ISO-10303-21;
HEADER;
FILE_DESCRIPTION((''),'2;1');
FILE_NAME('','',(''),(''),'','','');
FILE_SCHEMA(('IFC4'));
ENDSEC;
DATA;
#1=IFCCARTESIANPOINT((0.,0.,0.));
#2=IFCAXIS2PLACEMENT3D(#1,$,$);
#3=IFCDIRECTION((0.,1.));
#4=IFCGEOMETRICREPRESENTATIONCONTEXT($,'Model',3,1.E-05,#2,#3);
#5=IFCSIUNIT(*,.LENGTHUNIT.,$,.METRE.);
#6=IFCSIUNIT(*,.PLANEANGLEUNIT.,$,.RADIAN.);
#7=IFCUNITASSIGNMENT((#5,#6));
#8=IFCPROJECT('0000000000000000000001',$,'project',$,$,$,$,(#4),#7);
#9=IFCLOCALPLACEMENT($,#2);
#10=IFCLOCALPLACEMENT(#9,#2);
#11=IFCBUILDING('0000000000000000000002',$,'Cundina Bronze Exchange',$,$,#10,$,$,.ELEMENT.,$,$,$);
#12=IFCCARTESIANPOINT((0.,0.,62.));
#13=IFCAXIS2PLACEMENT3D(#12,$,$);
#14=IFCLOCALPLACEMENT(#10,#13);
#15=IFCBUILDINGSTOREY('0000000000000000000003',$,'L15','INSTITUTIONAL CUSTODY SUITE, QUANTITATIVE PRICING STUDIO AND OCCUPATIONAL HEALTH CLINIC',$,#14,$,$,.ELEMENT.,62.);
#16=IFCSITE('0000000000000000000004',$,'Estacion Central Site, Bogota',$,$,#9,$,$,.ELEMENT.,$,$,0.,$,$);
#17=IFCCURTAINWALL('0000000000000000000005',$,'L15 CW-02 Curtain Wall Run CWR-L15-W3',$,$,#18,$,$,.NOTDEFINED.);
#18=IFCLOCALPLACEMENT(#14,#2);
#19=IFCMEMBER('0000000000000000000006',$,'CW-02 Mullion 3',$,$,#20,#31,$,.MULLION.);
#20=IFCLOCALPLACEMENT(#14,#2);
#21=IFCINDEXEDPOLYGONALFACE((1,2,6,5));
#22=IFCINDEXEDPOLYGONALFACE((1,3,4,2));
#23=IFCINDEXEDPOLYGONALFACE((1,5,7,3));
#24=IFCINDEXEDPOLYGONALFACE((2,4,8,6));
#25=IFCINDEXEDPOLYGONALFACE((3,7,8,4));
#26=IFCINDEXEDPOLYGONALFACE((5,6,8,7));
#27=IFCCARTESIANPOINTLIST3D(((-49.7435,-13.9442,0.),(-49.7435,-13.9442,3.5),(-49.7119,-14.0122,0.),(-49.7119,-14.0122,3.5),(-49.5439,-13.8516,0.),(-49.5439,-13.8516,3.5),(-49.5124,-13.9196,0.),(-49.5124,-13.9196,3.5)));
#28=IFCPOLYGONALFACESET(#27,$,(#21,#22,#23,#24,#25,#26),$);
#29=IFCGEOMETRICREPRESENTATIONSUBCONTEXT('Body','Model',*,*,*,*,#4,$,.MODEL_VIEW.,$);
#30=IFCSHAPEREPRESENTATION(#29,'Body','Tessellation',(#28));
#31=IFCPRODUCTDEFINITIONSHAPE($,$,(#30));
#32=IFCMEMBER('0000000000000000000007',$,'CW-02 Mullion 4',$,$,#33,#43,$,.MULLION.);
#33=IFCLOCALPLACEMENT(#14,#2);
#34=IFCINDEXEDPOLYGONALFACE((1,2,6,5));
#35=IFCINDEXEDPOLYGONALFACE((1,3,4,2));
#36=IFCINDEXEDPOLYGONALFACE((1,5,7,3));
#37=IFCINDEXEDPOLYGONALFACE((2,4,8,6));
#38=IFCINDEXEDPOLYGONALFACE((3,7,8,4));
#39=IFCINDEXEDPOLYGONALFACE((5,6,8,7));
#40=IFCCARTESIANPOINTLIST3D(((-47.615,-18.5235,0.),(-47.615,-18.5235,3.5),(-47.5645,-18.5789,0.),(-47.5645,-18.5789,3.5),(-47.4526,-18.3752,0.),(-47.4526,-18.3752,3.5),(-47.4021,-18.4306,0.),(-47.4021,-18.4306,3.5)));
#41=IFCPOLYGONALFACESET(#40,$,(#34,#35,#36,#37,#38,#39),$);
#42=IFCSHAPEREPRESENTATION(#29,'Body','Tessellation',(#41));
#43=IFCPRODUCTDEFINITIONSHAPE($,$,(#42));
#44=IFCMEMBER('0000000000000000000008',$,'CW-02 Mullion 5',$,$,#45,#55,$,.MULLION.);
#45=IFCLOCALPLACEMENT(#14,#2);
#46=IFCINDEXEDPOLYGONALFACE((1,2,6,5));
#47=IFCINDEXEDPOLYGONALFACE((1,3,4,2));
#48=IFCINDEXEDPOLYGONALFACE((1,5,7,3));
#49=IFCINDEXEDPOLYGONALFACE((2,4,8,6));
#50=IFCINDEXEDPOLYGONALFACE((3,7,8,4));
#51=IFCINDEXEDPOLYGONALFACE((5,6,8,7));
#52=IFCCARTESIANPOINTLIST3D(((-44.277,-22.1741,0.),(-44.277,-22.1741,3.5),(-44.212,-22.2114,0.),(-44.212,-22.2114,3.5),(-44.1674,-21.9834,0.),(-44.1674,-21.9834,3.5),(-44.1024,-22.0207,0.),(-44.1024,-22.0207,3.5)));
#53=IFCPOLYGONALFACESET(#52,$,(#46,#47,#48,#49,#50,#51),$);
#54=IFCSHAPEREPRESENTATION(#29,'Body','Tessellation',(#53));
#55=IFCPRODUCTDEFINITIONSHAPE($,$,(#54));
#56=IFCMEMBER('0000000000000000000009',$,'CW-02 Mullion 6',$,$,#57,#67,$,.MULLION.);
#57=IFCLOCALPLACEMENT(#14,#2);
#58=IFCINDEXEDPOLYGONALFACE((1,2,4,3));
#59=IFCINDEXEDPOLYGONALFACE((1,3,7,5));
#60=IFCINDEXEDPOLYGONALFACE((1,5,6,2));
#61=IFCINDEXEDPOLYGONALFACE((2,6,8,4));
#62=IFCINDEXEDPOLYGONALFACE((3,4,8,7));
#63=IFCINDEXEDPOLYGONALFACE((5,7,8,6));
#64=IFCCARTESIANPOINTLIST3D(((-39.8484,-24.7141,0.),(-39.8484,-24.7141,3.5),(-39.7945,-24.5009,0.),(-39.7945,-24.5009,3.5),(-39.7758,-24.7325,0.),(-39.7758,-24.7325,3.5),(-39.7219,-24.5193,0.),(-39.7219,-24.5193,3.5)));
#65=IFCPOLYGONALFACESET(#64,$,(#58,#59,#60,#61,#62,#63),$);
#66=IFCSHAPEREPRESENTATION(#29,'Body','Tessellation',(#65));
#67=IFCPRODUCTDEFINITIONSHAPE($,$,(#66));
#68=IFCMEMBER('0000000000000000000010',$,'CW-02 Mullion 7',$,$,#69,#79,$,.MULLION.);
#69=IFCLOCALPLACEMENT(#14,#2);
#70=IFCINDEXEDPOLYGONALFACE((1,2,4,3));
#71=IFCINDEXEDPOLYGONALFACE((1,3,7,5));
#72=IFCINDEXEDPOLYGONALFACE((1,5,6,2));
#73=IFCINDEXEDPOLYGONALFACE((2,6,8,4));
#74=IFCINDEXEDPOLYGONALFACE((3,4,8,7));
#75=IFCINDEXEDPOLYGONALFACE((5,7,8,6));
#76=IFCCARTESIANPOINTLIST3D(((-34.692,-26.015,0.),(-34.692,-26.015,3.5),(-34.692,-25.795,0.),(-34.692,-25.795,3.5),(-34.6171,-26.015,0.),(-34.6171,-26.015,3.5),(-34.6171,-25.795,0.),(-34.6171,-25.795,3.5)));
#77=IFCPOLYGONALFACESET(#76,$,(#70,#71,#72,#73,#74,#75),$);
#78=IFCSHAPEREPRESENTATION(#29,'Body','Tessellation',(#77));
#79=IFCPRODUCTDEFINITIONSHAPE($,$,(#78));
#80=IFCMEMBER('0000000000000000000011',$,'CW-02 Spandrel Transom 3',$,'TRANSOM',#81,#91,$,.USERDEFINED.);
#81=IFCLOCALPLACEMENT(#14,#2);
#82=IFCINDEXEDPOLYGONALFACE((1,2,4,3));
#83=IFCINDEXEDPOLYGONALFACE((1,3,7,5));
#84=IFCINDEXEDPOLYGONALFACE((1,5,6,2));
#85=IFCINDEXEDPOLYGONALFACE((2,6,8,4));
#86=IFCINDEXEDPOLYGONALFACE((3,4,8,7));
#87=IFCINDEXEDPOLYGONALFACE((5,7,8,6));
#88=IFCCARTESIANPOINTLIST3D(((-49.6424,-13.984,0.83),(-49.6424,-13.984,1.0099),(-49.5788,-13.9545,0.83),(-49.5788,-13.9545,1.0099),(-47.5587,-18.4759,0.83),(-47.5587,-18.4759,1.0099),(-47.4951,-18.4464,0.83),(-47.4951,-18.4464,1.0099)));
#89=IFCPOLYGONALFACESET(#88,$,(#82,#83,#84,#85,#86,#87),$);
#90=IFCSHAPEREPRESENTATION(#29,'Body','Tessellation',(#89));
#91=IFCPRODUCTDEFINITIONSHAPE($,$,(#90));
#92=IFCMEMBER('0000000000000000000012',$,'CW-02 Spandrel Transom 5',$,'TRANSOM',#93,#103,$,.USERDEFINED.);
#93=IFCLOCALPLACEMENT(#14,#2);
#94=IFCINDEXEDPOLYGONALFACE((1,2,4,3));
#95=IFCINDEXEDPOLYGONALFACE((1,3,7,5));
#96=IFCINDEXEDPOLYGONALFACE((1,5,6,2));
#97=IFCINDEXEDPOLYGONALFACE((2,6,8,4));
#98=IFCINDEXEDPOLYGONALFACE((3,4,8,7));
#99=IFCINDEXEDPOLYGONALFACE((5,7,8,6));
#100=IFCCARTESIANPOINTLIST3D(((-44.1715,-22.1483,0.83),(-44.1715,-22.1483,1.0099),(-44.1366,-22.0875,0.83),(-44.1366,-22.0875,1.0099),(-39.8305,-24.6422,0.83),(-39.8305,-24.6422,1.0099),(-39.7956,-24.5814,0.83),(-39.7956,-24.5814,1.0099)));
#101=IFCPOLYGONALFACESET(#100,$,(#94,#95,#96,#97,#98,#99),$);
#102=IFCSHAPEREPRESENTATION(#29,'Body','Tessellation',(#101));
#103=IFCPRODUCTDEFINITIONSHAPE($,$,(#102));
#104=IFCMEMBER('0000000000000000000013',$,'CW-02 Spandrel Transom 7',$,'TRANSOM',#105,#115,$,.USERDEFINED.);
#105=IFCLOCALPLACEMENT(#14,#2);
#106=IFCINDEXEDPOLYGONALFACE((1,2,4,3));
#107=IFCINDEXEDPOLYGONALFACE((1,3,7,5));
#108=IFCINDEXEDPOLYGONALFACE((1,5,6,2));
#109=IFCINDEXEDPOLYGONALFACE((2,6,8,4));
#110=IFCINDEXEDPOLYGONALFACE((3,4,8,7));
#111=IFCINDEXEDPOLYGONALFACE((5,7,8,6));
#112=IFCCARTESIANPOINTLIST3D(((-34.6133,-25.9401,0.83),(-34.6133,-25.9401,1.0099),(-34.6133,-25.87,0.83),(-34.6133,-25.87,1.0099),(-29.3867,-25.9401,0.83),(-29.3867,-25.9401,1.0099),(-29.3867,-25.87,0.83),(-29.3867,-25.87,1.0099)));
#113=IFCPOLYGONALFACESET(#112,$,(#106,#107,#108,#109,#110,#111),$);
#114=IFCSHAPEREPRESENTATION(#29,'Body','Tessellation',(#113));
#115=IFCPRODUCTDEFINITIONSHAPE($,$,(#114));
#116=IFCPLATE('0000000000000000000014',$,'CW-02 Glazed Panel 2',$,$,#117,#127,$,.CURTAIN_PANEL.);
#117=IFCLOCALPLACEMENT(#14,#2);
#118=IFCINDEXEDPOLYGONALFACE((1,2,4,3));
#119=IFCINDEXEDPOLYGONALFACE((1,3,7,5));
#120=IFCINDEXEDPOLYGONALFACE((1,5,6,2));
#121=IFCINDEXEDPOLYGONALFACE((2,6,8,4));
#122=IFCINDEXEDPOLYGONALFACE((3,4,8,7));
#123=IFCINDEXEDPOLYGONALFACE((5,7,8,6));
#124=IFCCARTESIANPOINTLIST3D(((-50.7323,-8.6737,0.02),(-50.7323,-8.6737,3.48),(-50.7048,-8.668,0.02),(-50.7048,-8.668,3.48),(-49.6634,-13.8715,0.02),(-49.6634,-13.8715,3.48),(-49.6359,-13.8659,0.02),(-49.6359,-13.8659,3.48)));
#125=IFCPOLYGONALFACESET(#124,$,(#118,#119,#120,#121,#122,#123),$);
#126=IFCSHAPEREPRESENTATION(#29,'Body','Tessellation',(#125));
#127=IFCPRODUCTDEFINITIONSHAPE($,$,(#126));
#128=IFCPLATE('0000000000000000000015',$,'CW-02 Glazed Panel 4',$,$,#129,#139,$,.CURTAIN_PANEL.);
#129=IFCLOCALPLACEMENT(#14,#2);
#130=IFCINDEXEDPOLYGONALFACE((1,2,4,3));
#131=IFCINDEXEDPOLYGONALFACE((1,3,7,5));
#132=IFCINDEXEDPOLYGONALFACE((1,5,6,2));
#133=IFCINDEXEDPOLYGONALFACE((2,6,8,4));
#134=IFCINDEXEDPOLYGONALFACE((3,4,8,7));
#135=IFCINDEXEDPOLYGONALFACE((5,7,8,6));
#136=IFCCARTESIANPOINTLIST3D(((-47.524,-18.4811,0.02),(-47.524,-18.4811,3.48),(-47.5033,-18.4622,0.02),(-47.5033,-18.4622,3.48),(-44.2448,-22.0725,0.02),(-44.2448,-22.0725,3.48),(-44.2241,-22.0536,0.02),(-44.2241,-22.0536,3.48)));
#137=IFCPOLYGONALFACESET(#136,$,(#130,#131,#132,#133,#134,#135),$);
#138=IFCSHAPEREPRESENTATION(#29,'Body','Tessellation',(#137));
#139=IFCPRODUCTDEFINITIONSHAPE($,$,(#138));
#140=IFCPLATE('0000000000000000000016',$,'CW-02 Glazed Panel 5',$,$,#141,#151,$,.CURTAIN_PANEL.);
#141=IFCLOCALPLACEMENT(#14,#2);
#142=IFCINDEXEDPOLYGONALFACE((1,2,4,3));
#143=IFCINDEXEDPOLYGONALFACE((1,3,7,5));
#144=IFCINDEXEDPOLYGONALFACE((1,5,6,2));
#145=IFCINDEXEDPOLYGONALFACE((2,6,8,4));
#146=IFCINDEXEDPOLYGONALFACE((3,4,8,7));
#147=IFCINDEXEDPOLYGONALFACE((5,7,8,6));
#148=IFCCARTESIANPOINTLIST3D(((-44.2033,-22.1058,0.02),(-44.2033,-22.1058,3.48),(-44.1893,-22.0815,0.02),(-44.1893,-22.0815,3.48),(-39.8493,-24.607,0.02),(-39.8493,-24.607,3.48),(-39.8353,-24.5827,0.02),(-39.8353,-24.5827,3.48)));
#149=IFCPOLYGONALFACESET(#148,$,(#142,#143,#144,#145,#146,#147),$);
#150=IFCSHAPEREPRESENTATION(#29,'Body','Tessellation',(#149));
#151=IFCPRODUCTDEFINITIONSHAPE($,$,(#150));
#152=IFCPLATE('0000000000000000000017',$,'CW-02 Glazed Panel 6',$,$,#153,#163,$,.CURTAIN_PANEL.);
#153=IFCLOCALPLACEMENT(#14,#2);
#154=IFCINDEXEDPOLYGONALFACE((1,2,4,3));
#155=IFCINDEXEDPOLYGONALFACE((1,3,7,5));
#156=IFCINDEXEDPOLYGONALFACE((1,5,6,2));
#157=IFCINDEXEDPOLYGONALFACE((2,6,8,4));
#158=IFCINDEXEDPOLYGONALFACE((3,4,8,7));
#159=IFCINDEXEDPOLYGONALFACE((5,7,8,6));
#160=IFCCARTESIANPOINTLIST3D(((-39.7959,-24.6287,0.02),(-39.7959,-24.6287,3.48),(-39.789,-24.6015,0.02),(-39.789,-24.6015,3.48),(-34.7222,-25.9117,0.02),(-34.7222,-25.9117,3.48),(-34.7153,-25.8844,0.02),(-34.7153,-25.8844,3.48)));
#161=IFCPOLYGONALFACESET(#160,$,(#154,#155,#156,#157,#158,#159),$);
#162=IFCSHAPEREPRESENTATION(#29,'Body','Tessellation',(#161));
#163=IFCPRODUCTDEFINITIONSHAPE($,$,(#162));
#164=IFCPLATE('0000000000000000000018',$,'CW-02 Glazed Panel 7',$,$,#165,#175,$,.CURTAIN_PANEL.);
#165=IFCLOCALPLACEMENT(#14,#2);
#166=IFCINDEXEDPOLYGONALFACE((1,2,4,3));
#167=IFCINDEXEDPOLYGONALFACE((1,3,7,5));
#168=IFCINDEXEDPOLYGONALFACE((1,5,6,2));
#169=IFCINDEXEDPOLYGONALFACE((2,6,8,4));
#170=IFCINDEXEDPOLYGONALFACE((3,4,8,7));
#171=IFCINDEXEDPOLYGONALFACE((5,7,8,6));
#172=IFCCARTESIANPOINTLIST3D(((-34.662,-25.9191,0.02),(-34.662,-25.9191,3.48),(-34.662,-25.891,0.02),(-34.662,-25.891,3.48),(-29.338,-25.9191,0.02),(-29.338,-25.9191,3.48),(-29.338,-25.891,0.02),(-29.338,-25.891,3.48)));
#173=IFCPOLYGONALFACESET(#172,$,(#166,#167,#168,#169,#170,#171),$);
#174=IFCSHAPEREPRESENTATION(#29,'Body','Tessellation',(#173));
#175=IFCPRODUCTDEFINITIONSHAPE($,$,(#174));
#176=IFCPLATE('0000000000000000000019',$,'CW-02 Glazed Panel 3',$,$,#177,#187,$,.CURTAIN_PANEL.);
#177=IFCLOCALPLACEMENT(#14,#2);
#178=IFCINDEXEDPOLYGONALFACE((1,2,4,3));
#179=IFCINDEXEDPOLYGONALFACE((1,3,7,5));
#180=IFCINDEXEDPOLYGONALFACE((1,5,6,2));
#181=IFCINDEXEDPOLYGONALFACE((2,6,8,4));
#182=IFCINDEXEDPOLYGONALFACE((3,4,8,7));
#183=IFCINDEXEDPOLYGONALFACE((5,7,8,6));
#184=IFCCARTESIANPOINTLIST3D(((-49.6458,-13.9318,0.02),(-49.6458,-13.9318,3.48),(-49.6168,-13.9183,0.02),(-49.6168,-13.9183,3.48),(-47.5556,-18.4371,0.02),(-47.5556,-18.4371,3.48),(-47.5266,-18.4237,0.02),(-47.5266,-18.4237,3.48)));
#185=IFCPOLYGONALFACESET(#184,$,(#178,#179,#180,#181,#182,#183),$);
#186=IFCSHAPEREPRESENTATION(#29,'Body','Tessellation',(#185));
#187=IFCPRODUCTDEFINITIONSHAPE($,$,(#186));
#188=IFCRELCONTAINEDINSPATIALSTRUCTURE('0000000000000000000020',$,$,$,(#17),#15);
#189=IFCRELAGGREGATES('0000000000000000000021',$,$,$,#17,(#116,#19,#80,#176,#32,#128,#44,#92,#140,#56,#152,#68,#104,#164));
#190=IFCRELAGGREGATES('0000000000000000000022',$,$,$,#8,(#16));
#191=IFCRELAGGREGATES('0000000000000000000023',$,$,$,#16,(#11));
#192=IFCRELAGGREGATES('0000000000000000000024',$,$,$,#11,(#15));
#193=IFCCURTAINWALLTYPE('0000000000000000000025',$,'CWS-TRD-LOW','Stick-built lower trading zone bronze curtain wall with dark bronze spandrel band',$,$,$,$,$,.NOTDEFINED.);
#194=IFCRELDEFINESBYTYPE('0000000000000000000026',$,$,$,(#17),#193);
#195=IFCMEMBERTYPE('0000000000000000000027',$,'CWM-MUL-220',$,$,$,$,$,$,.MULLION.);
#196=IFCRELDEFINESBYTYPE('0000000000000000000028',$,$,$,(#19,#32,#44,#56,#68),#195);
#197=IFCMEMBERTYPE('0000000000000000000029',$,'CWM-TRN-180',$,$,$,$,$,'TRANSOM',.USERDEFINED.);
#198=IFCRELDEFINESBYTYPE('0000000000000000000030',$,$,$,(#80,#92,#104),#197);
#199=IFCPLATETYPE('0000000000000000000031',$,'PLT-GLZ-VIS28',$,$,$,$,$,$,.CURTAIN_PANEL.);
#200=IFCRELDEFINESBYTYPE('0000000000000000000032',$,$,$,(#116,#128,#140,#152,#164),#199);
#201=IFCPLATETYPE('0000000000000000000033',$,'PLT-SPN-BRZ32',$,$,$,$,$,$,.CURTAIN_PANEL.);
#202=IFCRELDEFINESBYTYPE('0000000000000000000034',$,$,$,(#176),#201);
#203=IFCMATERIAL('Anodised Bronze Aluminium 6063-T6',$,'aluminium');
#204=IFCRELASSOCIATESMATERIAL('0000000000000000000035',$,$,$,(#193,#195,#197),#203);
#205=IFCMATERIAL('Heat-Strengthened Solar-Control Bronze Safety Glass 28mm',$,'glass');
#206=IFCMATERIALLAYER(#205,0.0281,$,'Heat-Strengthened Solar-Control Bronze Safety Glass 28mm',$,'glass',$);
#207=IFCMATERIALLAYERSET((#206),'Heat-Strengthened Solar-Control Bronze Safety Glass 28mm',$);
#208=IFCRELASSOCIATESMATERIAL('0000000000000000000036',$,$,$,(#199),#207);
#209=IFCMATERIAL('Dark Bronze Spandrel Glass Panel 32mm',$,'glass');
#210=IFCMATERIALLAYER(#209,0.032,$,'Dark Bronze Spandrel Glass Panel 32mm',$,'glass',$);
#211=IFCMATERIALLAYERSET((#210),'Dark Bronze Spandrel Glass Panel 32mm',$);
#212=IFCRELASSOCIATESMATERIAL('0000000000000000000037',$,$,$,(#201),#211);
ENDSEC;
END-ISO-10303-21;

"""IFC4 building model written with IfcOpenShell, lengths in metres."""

from ifc_helpers import new_model, si_unit, direction, frame, origin, origin_2d, place, context, subcontext, project, spatial, rectangle, extrude, material, layer, layer_set, material_profile, profile_set, type_object, element, aggregate, save


model = new_model("IFC4")

# Units and contexts
model_context = context("Model", 3, precision=1e-05, world=origin(), true_north=direction((0.0, 1.0)))
body_context = subcontext(model_context, "Body", "Model", "MODEL_VIEW")
ifc_project = project(units=[si_unit("LENGTHUNIT", "METRE"), si_unit("PLANEANGLEUNIT", "RADIAN")], contexts=[model_context])

# Site, building, storey
site_placement = place(None, origin())
site = spatial("IfcSite", under=ifc_project, at=site_placement, Name="Estacion Central Site, Bogota", CompositionType="ELEMENT", RefElevation=0.0)
building_placement = place(site_placement, origin())
building = spatial("IfcBuilding", under=site, at=building_placement, Name="Cundina Bronze Exchange", CompositionType="ELEMENT")
storey_placement = place(building_placement, frame((0.0, 0.0, 62.0)))
storey = spatial("IfcBuildingStorey", under=building, at=storey_placement, Name="L15", Description="INSTITUTIONAL CUSTODY SUITE, QUANTITATIVE PRICING STUDIO AND OCCUPATIONAL HEALTH CLINIC", CompositionType="ELEMENT", Elevation=62.0)

# Curtain wall, members, plates
ifc_material_1 = material(Name="Anodised Bronze Aluminium 6063-T6", Category="aluminium")
curtain_wall_type = type_object("IfcCurtainWallType", Name="CWS-TRD-LOW", Description="Stick-built lower trading zone bronze curtain wall with dark bronze spandrel band", PredefinedType="NOTDEFINED", material=ifc_material_1)
curtain_wall_placement = place(storey_placement, origin())
curtain_wall = element("IfcCurtainWall", 1, at=curtain_wall_placement, inside=storey, type_object=curtain_wall_type, Name="L15 CW-02 Curtain Wall Run CWR-L15-W3", PredefinedType="NOTDEFINED")
ifc_material_profile_1 = material_profile(ifc_material_1, rectangle(XDim=0.075, YDim=0.22, at=origin_2d()), Name="AL75X220", Category="aluminium")
ifc_profile_set_1 = profile_set([ifc_material_profile_1], Name="Anodised Bronze Aluminium 6063-T6")
member_type_1 = type_object("IfcMemberType", Name="CWM-MUL-220", PredefinedType="MULLION", material=ifc_profile_set_1)
member_1_placement = place(storey_placement, frame((-49.6279, -13.9319, 0.0), z_axis=(0.0, 0.0, 1.0), x_axis=(0.420877, -0.907117, 0.0)))
member_1 = element("IfcMember", 2, at=member_1_placement, type_object=member_type_1, Name="CW-02 Mullion 3", PredefinedType="MULLION", context=body_context, shape_type="SweptSolid", body=[
    extrude(rectangle(XDim=0.075, YDim=0.22, at=origin_2d()), origin(), (0.0, 0.0, 1.0), 3.5),
])
member_2_placement = place(storey_placement, frame((-47.5085, -18.4771, 0.0), z_axis=(0.0, 0.0, 1.0), x_axis=(0.674302, -0.738455, 0.0)))
member_2 = element("IfcMember", 3, at=member_2_placement, type_object=member_type_1, Name="CW-02 Mullion 4", PredefinedType="MULLION", context=body_context, shape_type="SweptSolid", body=[
    extrude(rectangle(XDim=0.075, YDim=0.22, at=origin_2d()), origin(), (0.0, 0.0, 1.0), 3.5),
])
member_3_placement = place(storey_placement, frame((-44.1897, -22.0974, 0.0), z_axis=(0.0, 0.0, 1.0), x_axis=(0.867071, -0.498185, 0.0)))
member_3 = element("IfcMember", 4, at=member_3_placement, type_object=member_type_1, Name="CW-02 Mullion 5", PredefinedType="MULLION", context=body_context, shape_type="SweptSolid", body=[
    extrude(rectangle(XDim=0.075, YDim=0.22, at=origin_2d()), origin(), (0.0, 0.0, 1.0), 3.5),
])
member_4_placement = place(storey_placement, frame((-39.7852, -24.6167, 0.0), z_axis=(0.0, 0.0, 1.0), x_axis=(0.969488, -0.245138, 0.0)))
member_4 = element("IfcMember", 5, at=member_4_placement, type_object=member_type_1, Name="CW-02 Mullion 6", PredefinedType="MULLION", context=body_context, shape_type="SweptSolid", body=[
    extrude(rectangle(XDim=0.075, YDim=0.22, at=origin_2d()), origin(), (0.0, 0.0, 1.0), 3.5),
])
member_5_placement = place(storey_placement, frame((-34.6545, -25.905, 0.0), z_axis=(0.0, 0.0, 1.0), x_axis=(1.0, 0.0, 0.0)))
member_5 = element("IfcMember", 6, at=member_5_placement, type_object=member_type_1, Name="CW-02 Mullion 7", PredefinedType="MULLION", context=body_context, shape_type="SweptSolid", body=[
    extrude(rectangle(XDim=0.075, YDim=0.22, at=origin_2d()), origin(), (0.0, 0.0, 1.0), 3.5),
])
ifc_material_profile_2 = material_profile(ifc_material_1, rectangle(XDim=0.0701, YDim=0.1799, at=origin_2d()), Name="AL70X180", Category="aluminium")
ifc_profile_set_2 = profile_set([ifc_material_profile_2], Name="Anodised Bronze Aluminium 6063-T6")
member_type_2 = type_object("IfcMemberType", Name="CWM-TRN-180", ElementType="TRANSOM", PredefinedType="USERDEFINED", material=ifc_profile_set_2)
member_6_placement = place(storey_placement, frame((-49.6106, -13.9692, 0.9199), z_axis=(0.420811, -0.907148, 0.0), x_axis=(0.907148, 0.420811, 0.0)))
member_6 = element("IfcMember", 7, at=member_6_placement, type_object=member_type_2, Name="CW-02 Spandrel Transom 3", ObjectType="TRANSOM", PredefinedType="USERDEFINED", context=body_context, shape_type="SweptSolid", body=[
    extrude(rectangle(XDim=0.0701, YDim=0.1799, at=origin_2d()), origin(), (0.0, 0.0, 1.0), 4.9517),
])
member_7_placement = place(storey_placement, frame((-44.1541, -22.1179, 0.9199), z_axis=(0.867097, -0.498139, 0.0), x_axis=(0.498139, 0.867097, 0.0)))
member_7 = element("IfcMember", 8, at=member_7_placement, type_object=member_type_2, Name="CW-02 Spandrel Transom 5", ObjectType="TRANSOM", PredefinedType="USERDEFINED", context=body_context, shape_type="SweptSolid", body=[
    extrude(rectangle(XDim=0.0701, YDim=0.1799, at=origin_2d()), origin(), (0.0, 0.0, 1.0), 5.0063),
])
member_8_placement = place(storey_placement, frame((-34.6133, -25.905, 0.9199), z_axis=(1.0, 0.0, 0.0), x_axis=(0.0, 1.0, 0.0)))
member_8 = element("IfcMember", 9, at=member_8_placement, type_object=member_type_2, Name="CW-02 Spandrel Transom 7", ObjectType="TRANSOM", PredefinedType="USERDEFINED", context=body_context, shape_type="SweptSolid", body=[
    extrude(rectangle(XDim=0.0701, YDim=0.1799, at=origin_2d()), origin(), (0.0, 0.0, 1.0), 5.2266),
])
ifc_material_2 = material(Name="Heat-Strengthened Solar-Control Bronze Safety Glass 28mm", Category="glass")
ifc_layer_1 = layer(ifc_material_2, 0.0281, Name="Heat-Strengthened Solar-Control Bronze Safety Glass 28mm", Category="glass")
ifc_layer_set_1 = layer_set([ifc_layer_1], Name="Heat-Strengthened Solar-Control Bronze Safety Glass 28mm")
plate_type_1 = type_object("IfcPlateType", Name="PLT-GLZ-VIS28", PredefinedType="CURTAIN_PANEL", material=ifc_layer_set_1)
plate_1_placement = place(storey_placement, frame((-50.1841, -11.2698, 0.02), z_axis=(0.0, 0.0, 1.0), x_axis=(0.20142, -0.979505, 0.0)))
plate_1 = element("IfcPlate", 10, at=plate_1_placement, type_object=plate_type_1, Name="CW-02 Glazed Panel 2", PredefinedType="CURTAIN_PANEL", context=body_context, shape_type="SweptSolid", body=[
    extrude(rectangle(XDim=5.3066, YDim=0.0281, at=origin_2d()), origin(), (0.0, 0.0, 1.0), 3.46),
])
plate_2_placement = place(storey_placement, frame((-45.874, -20.2673, 0.02), z_axis=(0.0, 0.0, 1.0), x_axis=(0.674277, -0.738479, 0.0)))
plate_2 = element("IfcPlate", 11, at=plate_2_placement, type_object=plate_type_1, Name="CW-02 Glazed Panel 4", PredefinedType="CURTAIN_PANEL", context=body_context, shape_type="SweptSolid", body=[
    extrude(rectangle(XDim=4.8633, YDim=0.0281, at=origin_2d()), origin(), (0.0, 0.0, 1.0), 3.46),
])
plate_3_placement = place(storey_placement, frame((-42.0193, -23.3442, 0.02), z_axis=(0.0, 0.0, 1.0), x_axis=(0.867105, -0.498125, 0.0)))
plate_3 = element("IfcPlate", 12, at=plate_3_placement, type_object=plate_type_1, Name="CW-02 Glazed Panel 5", PredefinedType="CURTAIN_PANEL", context=body_context, shape_type="SweptSolid", body=[
    extrude(rectangle(XDim=5.0212, YDim=0.0281, at=origin_2d()), origin(), (0.0, 0.0, 1.0), 3.46),
])
plate_4_placement = place(storey_placement, frame((-37.2556, -25.2566, 0.02), z_axis=(0.0, 0.0, 1.0), x_axis=(0.969488, -0.245138, 0.0)))
plate_4 = element("IfcPlate", 13, at=plate_4_placement, type_object=plate_type_1, Name="CW-02 Glazed Panel 6", PredefinedType="CURTAIN_PANEL", context=body_context, shape_type="SweptSolid", body=[
    extrude(rectangle(XDim=5.2334, YDim=0.0281, at=origin_2d()), origin(), (0.0, 0.0, 1.0), 3.46),
])
plate_5_placement = place(storey_placement, frame((-32.0, -25.905, 0.02), z_axis=(0.0, 0.0, 1.0), x_axis=(1.0, 0.0, 0.0)))
plate_5 = element("IfcPlate", 14, at=plate_5_placement, type_object=plate_type_1, Name="CW-02 Glazed Panel 7", PredefinedType="CURTAIN_PANEL", context=body_context, shape_type="SweptSolid", body=[
    extrude(rectangle(XDim=5.324, YDim=0.0281, at=origin_2d()), origin(), (0.0, 0.0, 1.0), 3.46),
])
ifc_material_3 = material(Name="Dark Bronze Spandrel Glass Panel 32mm", Category="glass")
ifc_layer_2 = layer(ifc_material_3, 0.032, Name="Dark Bronze Spandrel Glass Panel 32mm", Category="glass")
ifc_layer_set_2 = layer_set([ifc_layer_2], Name="Dark Bronze Spandrel Glass Panel 32mm")
plate_type_2 = type_object("IfcPlateType", Name="PLT-SPN-BRZ32", PredefinedType="CURTAIN_PANEL", material=ifc_layer_set_2)
plate_6_placement = place(storey_placement, frame((-48.5862, -16.1777, 0.02), z_axis=(0.0, 0.0, 1.0), x_axis=(0.420846, -0.907132, 0.0)))
plate_6 = element("IfcPlate", 15, at=plate_6_placement, type_object=plate_type_2, Name="CW-02 Glazed Panel 3", PredefinedType="CURTAIN_PANEL", context=body_context, shape_type="SweptSolid", body=[
    extrude(rectangle(XDim=4.9666, YDim=0.032, at=origin_2d()), origin(), (0.0, 0.0, 1.0), 3.46),
])
aggregate(curtain_wall, [plate_1, member_1, member_6, plate_6, member_2, plate_2, member_3, member_7, plate_3, member_4, plate_4, member_5, member_8, plate_5])

save(model, "model.ifc")
